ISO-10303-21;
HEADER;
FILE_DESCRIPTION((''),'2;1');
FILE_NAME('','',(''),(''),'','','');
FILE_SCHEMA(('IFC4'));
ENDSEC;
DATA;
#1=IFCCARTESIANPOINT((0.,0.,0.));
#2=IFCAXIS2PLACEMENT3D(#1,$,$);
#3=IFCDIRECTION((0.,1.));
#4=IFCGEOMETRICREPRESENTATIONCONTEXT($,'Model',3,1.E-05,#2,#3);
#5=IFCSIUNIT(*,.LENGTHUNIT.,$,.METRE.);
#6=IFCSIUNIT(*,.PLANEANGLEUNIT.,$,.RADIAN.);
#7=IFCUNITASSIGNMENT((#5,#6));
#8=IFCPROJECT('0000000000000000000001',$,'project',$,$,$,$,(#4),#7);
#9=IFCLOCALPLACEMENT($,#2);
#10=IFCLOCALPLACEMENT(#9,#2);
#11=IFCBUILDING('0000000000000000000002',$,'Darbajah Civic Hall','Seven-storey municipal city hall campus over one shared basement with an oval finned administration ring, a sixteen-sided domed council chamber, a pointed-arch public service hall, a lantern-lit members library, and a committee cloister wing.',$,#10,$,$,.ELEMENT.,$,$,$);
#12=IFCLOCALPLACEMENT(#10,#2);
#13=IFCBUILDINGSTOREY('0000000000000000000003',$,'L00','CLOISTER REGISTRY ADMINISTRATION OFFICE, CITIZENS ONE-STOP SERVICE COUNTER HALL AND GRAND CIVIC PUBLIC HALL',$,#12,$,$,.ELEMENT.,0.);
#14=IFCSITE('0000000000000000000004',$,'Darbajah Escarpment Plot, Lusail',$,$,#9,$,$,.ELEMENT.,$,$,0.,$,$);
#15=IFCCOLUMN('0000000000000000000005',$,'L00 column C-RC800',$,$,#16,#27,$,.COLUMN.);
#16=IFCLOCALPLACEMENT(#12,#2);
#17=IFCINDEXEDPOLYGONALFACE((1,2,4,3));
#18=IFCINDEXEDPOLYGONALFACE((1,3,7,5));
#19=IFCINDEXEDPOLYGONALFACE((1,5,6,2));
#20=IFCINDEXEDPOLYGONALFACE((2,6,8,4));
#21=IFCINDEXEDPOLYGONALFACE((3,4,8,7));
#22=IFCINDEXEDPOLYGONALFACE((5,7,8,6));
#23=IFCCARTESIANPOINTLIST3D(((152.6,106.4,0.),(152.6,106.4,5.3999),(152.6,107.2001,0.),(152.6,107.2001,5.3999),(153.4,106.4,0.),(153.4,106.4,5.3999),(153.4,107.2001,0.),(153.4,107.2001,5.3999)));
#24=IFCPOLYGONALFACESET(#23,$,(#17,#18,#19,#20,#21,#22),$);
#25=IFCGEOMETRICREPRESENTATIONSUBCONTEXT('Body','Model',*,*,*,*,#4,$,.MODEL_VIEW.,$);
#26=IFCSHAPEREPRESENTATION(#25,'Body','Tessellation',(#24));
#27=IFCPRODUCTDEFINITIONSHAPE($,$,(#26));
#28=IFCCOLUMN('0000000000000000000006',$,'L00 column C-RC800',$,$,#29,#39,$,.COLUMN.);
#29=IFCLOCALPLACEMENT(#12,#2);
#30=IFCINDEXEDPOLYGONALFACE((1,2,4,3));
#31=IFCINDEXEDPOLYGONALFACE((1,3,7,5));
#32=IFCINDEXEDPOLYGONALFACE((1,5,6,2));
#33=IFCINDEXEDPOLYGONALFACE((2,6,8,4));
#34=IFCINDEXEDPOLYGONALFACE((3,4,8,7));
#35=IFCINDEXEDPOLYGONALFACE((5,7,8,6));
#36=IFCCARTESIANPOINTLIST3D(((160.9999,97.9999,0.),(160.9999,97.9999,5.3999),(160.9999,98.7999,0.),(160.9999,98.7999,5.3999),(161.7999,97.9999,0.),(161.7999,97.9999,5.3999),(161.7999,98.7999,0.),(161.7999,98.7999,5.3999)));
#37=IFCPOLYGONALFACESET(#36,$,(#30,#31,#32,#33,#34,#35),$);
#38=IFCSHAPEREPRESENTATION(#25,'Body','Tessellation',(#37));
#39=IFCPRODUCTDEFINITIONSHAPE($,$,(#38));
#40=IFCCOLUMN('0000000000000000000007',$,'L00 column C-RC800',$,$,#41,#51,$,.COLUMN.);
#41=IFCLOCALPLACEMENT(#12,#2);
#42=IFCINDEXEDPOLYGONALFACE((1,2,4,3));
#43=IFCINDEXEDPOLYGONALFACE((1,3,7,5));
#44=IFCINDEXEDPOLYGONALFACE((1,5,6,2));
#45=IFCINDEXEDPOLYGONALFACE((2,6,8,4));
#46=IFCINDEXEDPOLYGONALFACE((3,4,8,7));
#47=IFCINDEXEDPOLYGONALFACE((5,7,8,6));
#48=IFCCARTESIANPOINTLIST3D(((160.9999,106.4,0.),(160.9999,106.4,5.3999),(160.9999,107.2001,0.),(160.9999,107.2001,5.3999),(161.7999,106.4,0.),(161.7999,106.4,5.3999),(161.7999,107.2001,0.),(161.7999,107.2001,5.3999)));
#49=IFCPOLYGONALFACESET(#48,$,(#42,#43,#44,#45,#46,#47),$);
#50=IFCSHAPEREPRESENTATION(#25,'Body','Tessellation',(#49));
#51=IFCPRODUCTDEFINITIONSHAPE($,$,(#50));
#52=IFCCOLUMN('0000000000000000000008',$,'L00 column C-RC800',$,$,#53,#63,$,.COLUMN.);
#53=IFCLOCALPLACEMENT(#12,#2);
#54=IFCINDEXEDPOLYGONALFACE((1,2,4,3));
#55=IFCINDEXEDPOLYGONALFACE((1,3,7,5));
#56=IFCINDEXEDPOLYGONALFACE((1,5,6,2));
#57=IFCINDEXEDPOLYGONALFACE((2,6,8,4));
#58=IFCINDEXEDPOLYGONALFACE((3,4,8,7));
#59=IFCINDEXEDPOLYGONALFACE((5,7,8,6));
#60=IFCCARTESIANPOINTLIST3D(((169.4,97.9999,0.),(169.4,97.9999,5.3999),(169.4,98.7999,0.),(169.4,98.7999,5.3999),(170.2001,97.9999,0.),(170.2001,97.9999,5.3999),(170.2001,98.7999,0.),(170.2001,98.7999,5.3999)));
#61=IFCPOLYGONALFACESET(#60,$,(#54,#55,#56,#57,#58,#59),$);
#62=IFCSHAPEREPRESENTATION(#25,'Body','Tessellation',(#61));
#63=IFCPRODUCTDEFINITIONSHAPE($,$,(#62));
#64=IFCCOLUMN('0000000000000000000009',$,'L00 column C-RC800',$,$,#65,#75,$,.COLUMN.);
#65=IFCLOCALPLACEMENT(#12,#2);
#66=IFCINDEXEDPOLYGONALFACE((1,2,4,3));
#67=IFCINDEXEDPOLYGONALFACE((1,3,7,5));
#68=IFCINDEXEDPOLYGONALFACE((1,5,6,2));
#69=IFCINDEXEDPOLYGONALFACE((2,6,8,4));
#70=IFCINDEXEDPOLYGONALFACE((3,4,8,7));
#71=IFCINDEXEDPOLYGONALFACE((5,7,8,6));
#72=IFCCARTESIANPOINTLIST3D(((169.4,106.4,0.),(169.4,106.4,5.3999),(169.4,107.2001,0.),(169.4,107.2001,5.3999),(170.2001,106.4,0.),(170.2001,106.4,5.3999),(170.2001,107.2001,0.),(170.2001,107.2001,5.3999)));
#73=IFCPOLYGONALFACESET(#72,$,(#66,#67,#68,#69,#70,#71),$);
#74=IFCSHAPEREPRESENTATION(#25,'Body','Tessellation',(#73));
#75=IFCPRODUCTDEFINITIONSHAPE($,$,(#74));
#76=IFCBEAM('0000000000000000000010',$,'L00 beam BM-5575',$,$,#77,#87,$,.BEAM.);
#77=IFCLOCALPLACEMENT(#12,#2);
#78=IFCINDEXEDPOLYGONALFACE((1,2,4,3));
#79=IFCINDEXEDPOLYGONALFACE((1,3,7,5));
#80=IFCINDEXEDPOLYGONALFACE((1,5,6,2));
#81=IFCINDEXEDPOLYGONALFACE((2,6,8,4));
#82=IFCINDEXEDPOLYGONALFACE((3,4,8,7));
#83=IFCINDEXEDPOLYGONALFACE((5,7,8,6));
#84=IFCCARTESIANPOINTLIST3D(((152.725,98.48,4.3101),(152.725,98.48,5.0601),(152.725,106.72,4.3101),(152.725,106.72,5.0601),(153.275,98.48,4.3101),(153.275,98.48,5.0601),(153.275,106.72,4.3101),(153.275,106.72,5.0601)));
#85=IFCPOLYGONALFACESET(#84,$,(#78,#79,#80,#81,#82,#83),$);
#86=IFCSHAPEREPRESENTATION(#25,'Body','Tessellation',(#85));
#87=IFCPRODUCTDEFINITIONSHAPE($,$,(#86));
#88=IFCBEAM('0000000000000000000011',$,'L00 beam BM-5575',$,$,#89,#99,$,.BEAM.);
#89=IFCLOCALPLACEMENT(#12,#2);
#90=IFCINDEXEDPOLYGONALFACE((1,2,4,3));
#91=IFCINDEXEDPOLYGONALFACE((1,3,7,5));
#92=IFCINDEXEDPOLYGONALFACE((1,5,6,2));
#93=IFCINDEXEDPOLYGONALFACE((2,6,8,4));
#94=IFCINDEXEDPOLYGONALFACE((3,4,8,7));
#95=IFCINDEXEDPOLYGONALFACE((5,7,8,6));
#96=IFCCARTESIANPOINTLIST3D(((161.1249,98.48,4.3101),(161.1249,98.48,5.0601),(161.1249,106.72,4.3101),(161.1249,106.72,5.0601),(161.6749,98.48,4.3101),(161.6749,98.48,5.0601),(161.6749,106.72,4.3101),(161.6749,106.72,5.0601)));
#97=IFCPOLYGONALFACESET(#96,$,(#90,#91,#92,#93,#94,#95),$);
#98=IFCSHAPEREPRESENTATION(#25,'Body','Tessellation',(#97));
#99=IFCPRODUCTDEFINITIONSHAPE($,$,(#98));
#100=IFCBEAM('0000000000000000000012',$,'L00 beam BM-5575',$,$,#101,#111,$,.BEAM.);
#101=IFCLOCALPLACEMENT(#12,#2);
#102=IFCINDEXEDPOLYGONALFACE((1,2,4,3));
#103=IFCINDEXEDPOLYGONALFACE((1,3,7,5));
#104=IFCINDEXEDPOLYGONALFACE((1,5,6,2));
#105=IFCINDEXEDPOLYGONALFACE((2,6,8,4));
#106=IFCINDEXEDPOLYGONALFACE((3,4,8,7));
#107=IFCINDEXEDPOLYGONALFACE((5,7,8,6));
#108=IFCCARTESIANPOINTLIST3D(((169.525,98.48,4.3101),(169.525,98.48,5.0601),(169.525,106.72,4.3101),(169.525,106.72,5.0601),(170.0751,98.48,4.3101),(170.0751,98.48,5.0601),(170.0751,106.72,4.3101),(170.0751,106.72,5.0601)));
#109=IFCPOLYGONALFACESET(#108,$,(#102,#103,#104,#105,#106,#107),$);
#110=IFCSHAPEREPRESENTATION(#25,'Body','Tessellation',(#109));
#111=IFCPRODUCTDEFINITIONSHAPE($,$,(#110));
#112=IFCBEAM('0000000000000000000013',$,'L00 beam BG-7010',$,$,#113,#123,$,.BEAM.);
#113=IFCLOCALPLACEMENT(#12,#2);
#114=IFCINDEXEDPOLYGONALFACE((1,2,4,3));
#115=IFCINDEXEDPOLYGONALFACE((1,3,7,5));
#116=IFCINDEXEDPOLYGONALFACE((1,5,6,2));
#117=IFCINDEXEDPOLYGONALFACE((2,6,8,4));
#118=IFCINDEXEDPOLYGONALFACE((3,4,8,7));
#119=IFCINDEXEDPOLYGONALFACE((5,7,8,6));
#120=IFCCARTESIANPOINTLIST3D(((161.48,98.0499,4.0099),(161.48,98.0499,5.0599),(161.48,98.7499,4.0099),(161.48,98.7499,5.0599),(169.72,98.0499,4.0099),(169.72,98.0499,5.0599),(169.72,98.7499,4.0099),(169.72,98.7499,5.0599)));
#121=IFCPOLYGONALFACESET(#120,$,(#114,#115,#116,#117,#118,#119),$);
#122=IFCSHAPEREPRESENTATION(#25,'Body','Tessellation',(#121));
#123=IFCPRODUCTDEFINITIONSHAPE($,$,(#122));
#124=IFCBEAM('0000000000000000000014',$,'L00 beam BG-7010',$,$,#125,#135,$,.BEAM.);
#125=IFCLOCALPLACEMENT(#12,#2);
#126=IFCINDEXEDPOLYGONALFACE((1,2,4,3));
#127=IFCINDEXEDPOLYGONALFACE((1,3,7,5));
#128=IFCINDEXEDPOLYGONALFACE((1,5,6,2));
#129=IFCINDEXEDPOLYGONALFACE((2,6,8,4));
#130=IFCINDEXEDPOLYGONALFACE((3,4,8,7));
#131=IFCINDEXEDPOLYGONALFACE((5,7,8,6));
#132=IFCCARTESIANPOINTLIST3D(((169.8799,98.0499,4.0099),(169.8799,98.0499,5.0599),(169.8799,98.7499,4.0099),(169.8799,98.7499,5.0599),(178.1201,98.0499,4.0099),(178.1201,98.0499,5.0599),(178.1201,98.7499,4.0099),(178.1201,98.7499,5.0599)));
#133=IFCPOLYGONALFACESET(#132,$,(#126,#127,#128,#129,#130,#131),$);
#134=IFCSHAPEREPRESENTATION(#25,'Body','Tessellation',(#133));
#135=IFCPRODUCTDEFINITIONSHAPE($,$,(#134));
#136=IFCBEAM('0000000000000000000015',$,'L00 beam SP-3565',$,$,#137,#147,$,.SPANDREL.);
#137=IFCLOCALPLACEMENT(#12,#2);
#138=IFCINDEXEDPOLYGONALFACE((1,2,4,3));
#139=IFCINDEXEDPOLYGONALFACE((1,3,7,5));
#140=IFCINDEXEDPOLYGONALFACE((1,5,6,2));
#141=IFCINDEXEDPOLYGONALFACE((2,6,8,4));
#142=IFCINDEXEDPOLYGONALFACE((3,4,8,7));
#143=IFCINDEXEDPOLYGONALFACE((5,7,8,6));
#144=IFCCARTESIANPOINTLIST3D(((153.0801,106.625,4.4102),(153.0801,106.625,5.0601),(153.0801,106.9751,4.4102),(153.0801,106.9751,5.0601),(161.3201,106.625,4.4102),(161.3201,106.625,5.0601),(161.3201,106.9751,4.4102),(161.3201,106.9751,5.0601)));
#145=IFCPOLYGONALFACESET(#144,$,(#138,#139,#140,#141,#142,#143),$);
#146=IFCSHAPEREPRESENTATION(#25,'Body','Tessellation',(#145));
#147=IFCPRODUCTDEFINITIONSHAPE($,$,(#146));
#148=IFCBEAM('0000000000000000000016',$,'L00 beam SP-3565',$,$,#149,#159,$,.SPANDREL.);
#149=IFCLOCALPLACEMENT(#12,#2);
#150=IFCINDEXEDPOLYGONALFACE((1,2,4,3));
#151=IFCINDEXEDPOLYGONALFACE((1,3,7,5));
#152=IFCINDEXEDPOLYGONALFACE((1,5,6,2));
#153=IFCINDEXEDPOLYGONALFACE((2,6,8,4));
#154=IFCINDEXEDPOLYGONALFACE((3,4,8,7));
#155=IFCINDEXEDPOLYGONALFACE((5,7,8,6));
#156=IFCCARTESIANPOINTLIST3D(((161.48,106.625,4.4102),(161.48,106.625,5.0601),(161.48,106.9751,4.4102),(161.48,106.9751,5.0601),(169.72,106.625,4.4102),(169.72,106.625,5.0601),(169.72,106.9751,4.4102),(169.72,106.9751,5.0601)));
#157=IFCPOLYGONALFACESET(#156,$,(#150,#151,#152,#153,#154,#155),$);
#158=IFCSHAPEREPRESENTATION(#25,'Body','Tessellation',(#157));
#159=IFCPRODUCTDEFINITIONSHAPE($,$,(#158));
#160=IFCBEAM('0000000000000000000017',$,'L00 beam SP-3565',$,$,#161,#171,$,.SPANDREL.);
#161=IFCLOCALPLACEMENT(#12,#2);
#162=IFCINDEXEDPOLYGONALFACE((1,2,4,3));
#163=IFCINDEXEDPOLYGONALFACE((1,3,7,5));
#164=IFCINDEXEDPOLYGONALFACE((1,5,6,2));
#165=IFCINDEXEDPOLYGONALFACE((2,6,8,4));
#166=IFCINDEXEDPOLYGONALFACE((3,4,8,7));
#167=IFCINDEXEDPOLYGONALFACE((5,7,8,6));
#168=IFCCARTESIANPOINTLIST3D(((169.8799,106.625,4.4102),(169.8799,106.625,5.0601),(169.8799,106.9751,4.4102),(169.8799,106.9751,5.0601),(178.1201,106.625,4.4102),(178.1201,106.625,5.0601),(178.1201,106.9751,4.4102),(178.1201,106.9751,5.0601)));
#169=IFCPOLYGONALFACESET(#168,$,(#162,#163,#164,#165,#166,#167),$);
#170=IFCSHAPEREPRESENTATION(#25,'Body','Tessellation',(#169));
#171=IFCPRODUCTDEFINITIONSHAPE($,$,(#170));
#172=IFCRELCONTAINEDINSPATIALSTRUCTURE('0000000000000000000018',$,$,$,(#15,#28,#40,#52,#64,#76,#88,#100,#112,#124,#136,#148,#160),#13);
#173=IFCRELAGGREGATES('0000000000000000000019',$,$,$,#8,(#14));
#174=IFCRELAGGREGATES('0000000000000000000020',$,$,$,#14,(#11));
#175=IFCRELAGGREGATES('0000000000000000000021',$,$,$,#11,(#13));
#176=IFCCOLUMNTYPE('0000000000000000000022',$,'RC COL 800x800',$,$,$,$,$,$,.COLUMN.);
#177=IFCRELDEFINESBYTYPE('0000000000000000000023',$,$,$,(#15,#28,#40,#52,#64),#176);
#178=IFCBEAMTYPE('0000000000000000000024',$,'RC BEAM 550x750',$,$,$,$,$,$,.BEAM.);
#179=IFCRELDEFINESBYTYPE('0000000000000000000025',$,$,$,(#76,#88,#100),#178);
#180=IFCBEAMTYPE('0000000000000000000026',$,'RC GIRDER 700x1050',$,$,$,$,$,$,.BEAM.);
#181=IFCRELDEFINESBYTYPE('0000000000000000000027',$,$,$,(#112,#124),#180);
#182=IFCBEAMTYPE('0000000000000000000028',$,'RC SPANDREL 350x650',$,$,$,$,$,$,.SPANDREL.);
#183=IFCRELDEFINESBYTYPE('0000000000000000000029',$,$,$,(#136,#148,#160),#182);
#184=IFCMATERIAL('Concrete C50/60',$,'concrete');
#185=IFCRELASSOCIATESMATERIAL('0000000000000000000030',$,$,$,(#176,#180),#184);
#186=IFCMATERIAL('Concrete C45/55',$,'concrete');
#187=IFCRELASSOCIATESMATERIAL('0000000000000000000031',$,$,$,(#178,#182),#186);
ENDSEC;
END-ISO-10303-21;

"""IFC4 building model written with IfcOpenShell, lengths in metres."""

from ifc_helpers import new_model, si_unit, direction, frame, origin, origin_2d, place, context, subcontext, project, spatial, rectangle, extrude, material, material_profile, profile_set, type_object, element, save


model = new_model("IFC4")

# Units and contexts
model_context = context("Model", 3, precision=1e-05, world=origin(), true_north=direction((0.0, 1.0)))
body_context = subcontext(model_context, "Body", "Model", "MODEL_VIEW")
ifc_project = project(units=[si_unit("LENGTHUNIT", "METRE"), si_unit("PLANEANGLEUNIT", "RADIAN")], contexts=[model_context])

# Site, building, storey
site_placement = place(None, origin())
site = spatial("IfcSite", under=ifc_project, at=site_placement, Name="Darbajah Escarpment Plot, Lusail", CompositionType="ELEMENT", RefElevation=0.0)
building_placement = place(site_placement, origin())
building = spatial("IfcBuilding", under=site, at=building_placement, Name="Darbajah Civic Hall", Description="Seven-storey municipal city hall campus over one shared basement with an oval finned administration ring, a sixteen-sided domed council chamber, a pointed-arch public service hall, a lantern-lit members library, and a committee cloister wing.", CompositionType="ELEMENT")
storey_placement = place(building_placement, origin())
storey = spatial("IfcBuildingStorey", under=building, at=storey_placement, Name="L00", Description="CLOISTER REGISTRY ADMINISTRATION OFFICE, CITIZENS ONE-STOP SERVICE COUNTER HALL AND GRAND CIVIC PUBLIC HALL", CompositionType="ELEMENT", Elevation=0.0)

# Columns
ifc_material_1 = material(Name="Concrete C50/60", Category="concrete")
ifc_material_profile_1 = material_profile(ifc_material_1, rectangle(XDim=0.8, YDim=0.8, at=origin_2d()), Name="RC COL 800x800")
ifc_profile_set_1 = profile_set([ifc_material_profile_1], Name="Concrete C50/60")
column_type = type_object("IfcColumnType", Name="RC COL 800x800", PredefinedType="COLUMN", material=ifc_profile_set_1)
for number, where, z_axis, x_axis, name in (
    (1, (153.0, 106.8, 0.0), (0.0, 0.0, 1.0), (1.0, 0.0, 0.0), "L00 column C-RC800"),
    (2, (161.3999, 98.3999, 0.0), (0.0, 0.0, 1.0), (1.0, 0.0, 0.0), "L00 column C-RC800"),
    (3, (161.3999, 106.8, 0.0), (0.0, 0.0, 1.0), (1.0, 0.0, 0.0), "L00 column C-RC800"),
    (4, (169.8, 98.3999, 0.0), (0.0, 0.0, 1.0), (1.0, 0.0, 0.0), "L00 column C-RC800"),
    (5, (169.8, 106.8, 0.0), (0.0, 0.0, 1.0), (1.0, 0.0, 0.0), "L00 column C-RC800"),
):
    element("IfcColumn", number, at=place(storey_placement, frame(where, z_axis=z_axis, x_axis=x_axis)), inside=storey, type_object=column_type, Name=name, PredefinedType="COLUMN", context=body_context, shape_type="SweptSolid", body=[
        extrude(rectangle(XDim=0.8, YDim=0.8, at=origin_2d()), origin(), (0.0, 0.0, 1.0), 5.3999),
    ])

# Beams
ifc_material_2 = material(Name="Concrete C45/55", Category="concrete")
ifc_material_profile_2 = material_profile(ifc_material_2, rectangle(XDim=0.55, YDim=0.75, at=origin_2d()), Name="RC BEAM 550x750")
ifc_profile_set_2 = profile_set([ifc_material_profile_2], Name="Concrete C45/55")
beam_type_1 = type_object("IfcBeamType", Name="RC BEAM 550x750", PredefinedType="BEAM", material=ifc_profile_set_2)
for number, where, z_axis, x_axis, name in (
    (6, (153.0, 98.48, 4.6851), (0.0, 1.0, 0.0), (-1.0, 0.0, 0.0), "L00 beam BM-5575"),
    (7, (161.3999, 98.48, 4.6851), (0.0, 1.0, 0.0), (-1.0, 0.0, 0.0), "L00 beam BM-5575"),
    (8, (169.8, 98.48, 4.6851), (0.0, 1.0, 0.0), (-1.0, 0.0, 0.0), "L00 beam BM-5575"),
):
    element("IfcBeam", number, at=place(storey_placement, frame(where, z_axis=z_axis, x_axis=x_axis)), inside=storey, type_object=beam_type_1, Name=name, PredefinedType="BEAM", context=body_context, shape_type="SweptSolid", body=[
        extrude(rectangle(XDim=0.55, YDim=0.75, at=origin_2d()), origin(), (0.0, 0.0, 1.0), 8.24),
    ])
ifc_material_profile_3 = material_profile(ifc_material_1, rectangle(XDim=0.7, YDim=1.05, at=origin_2d()), Name="RC GIRDER 700x1050")
ifc_profile_set_3 = profile_set([ifc_material_profile_3], Name="Concrete C50/60")
beam_type_2 = type_object("IfcBeamType", Name="RC GIRDER 700x1050", PredefinedType="BEAM", material=ifc_profile_set_3)
beam_1_placement = place(storey_placement, frame((161.48, 98.3999, 4.5349), z_axis=(1.0, 0.0, 0.0), x_axis=(0.0, 1.0, 0.0)))
element("IfcBeam", 9, at=beam_1_placement, inside=storey, type_object=beam_type_2, Name="L00 beam BG-7010", PredefinedType="BEAM", context=body_context, shape_type="SweptSolid", body=[
    extrude(rectangle(XDim=0.7, YDim=1.05, at=origin_2d()), origin(), (0.0, 0.0, 1.0), 8.24),
])
beam_2_placement = place(storey_placement, frame((169.8799, 98.3999, 4.5349), z_axis=(1.0, 0.0, 0.0), x_axis=(0.0, 1.0, 0.0)))
element("IfcBeam", 10, at=beam_2_placement, inside=storey, type_object=beam_type_2, Name="L00 beam BG-7010", PredefinedType="BEAM", context=body_context, shape_type="SweptSolid", body=[
    extrude(rectangle(XDim=0.7, YDim=1.05, at=origin_2d()), origin(), (0.0, 0.0, 1.0), 8.2402),
])
ifc_material_profile_4 = material_profile(ifc_material_2, rectangle(XDim=0.3501, YDim=0.6499, at=origin_2d()), Name="RC SPANDREL 350x650")
ifc_profile_set_4 = profile_set([ifc_material_profile_4], Name="Concrete C45/55")
beam_type_3 = type_object("IfcBeamType", Name="RC SPANDREL 350x650", PredefinedType="SPANDREL", material=ifc_profile_set_4)
for number, where, z_axis, x_axis, name in (
    (11, (153.0801, 106.8, 4.7351), (1.0, 0.0, 0.0), (0.0, 1.0, 0.0), "L00 beam SP-3565"),
    (12, (161.48, 106.8, 4.7351), (1.0, 0.0, 0.0), (0.0, 1.0, 0.0), "L00 beam SP-3565"),
):
    element("IfcBeam", number, at=place(storey_placement, frame(where, z_axis=z_axis, x_axis=x_axis)), inside=storey, type_object=beam_type_3, Name=name, PredefinedType="SPANDREL", context=body_context, shape_type="SweptSolid", body=[
        extrude(rectangle(XDim=0.3501, YDim=0.6499, at=origin_2d()), origin(), (0.0, 0.0, 1.0), 8.24),
    ])
beam_3_placement = place(storey_placement, frame((169.8799, 106.8, 4.7351), z_axis=(1.0, 0.0, 0.0), x_axis=(0.0, 1.0, 0.0)))
element("IfcBeam", 13, at=beam_3_placement, inside=storey, type_object=beam_type_3, Name="L00 beam SP-3565", PredefinedType="SPANDREL", context=body_context, shape_type="SweptSolid", body=[
    extrude(rectangle(XDim=0.3501, YDim=0.6499, at=origin_2d()), origin(), (0.0, 0.0, 1.0), 8.2402),
])

save(model, "model.ifc")
